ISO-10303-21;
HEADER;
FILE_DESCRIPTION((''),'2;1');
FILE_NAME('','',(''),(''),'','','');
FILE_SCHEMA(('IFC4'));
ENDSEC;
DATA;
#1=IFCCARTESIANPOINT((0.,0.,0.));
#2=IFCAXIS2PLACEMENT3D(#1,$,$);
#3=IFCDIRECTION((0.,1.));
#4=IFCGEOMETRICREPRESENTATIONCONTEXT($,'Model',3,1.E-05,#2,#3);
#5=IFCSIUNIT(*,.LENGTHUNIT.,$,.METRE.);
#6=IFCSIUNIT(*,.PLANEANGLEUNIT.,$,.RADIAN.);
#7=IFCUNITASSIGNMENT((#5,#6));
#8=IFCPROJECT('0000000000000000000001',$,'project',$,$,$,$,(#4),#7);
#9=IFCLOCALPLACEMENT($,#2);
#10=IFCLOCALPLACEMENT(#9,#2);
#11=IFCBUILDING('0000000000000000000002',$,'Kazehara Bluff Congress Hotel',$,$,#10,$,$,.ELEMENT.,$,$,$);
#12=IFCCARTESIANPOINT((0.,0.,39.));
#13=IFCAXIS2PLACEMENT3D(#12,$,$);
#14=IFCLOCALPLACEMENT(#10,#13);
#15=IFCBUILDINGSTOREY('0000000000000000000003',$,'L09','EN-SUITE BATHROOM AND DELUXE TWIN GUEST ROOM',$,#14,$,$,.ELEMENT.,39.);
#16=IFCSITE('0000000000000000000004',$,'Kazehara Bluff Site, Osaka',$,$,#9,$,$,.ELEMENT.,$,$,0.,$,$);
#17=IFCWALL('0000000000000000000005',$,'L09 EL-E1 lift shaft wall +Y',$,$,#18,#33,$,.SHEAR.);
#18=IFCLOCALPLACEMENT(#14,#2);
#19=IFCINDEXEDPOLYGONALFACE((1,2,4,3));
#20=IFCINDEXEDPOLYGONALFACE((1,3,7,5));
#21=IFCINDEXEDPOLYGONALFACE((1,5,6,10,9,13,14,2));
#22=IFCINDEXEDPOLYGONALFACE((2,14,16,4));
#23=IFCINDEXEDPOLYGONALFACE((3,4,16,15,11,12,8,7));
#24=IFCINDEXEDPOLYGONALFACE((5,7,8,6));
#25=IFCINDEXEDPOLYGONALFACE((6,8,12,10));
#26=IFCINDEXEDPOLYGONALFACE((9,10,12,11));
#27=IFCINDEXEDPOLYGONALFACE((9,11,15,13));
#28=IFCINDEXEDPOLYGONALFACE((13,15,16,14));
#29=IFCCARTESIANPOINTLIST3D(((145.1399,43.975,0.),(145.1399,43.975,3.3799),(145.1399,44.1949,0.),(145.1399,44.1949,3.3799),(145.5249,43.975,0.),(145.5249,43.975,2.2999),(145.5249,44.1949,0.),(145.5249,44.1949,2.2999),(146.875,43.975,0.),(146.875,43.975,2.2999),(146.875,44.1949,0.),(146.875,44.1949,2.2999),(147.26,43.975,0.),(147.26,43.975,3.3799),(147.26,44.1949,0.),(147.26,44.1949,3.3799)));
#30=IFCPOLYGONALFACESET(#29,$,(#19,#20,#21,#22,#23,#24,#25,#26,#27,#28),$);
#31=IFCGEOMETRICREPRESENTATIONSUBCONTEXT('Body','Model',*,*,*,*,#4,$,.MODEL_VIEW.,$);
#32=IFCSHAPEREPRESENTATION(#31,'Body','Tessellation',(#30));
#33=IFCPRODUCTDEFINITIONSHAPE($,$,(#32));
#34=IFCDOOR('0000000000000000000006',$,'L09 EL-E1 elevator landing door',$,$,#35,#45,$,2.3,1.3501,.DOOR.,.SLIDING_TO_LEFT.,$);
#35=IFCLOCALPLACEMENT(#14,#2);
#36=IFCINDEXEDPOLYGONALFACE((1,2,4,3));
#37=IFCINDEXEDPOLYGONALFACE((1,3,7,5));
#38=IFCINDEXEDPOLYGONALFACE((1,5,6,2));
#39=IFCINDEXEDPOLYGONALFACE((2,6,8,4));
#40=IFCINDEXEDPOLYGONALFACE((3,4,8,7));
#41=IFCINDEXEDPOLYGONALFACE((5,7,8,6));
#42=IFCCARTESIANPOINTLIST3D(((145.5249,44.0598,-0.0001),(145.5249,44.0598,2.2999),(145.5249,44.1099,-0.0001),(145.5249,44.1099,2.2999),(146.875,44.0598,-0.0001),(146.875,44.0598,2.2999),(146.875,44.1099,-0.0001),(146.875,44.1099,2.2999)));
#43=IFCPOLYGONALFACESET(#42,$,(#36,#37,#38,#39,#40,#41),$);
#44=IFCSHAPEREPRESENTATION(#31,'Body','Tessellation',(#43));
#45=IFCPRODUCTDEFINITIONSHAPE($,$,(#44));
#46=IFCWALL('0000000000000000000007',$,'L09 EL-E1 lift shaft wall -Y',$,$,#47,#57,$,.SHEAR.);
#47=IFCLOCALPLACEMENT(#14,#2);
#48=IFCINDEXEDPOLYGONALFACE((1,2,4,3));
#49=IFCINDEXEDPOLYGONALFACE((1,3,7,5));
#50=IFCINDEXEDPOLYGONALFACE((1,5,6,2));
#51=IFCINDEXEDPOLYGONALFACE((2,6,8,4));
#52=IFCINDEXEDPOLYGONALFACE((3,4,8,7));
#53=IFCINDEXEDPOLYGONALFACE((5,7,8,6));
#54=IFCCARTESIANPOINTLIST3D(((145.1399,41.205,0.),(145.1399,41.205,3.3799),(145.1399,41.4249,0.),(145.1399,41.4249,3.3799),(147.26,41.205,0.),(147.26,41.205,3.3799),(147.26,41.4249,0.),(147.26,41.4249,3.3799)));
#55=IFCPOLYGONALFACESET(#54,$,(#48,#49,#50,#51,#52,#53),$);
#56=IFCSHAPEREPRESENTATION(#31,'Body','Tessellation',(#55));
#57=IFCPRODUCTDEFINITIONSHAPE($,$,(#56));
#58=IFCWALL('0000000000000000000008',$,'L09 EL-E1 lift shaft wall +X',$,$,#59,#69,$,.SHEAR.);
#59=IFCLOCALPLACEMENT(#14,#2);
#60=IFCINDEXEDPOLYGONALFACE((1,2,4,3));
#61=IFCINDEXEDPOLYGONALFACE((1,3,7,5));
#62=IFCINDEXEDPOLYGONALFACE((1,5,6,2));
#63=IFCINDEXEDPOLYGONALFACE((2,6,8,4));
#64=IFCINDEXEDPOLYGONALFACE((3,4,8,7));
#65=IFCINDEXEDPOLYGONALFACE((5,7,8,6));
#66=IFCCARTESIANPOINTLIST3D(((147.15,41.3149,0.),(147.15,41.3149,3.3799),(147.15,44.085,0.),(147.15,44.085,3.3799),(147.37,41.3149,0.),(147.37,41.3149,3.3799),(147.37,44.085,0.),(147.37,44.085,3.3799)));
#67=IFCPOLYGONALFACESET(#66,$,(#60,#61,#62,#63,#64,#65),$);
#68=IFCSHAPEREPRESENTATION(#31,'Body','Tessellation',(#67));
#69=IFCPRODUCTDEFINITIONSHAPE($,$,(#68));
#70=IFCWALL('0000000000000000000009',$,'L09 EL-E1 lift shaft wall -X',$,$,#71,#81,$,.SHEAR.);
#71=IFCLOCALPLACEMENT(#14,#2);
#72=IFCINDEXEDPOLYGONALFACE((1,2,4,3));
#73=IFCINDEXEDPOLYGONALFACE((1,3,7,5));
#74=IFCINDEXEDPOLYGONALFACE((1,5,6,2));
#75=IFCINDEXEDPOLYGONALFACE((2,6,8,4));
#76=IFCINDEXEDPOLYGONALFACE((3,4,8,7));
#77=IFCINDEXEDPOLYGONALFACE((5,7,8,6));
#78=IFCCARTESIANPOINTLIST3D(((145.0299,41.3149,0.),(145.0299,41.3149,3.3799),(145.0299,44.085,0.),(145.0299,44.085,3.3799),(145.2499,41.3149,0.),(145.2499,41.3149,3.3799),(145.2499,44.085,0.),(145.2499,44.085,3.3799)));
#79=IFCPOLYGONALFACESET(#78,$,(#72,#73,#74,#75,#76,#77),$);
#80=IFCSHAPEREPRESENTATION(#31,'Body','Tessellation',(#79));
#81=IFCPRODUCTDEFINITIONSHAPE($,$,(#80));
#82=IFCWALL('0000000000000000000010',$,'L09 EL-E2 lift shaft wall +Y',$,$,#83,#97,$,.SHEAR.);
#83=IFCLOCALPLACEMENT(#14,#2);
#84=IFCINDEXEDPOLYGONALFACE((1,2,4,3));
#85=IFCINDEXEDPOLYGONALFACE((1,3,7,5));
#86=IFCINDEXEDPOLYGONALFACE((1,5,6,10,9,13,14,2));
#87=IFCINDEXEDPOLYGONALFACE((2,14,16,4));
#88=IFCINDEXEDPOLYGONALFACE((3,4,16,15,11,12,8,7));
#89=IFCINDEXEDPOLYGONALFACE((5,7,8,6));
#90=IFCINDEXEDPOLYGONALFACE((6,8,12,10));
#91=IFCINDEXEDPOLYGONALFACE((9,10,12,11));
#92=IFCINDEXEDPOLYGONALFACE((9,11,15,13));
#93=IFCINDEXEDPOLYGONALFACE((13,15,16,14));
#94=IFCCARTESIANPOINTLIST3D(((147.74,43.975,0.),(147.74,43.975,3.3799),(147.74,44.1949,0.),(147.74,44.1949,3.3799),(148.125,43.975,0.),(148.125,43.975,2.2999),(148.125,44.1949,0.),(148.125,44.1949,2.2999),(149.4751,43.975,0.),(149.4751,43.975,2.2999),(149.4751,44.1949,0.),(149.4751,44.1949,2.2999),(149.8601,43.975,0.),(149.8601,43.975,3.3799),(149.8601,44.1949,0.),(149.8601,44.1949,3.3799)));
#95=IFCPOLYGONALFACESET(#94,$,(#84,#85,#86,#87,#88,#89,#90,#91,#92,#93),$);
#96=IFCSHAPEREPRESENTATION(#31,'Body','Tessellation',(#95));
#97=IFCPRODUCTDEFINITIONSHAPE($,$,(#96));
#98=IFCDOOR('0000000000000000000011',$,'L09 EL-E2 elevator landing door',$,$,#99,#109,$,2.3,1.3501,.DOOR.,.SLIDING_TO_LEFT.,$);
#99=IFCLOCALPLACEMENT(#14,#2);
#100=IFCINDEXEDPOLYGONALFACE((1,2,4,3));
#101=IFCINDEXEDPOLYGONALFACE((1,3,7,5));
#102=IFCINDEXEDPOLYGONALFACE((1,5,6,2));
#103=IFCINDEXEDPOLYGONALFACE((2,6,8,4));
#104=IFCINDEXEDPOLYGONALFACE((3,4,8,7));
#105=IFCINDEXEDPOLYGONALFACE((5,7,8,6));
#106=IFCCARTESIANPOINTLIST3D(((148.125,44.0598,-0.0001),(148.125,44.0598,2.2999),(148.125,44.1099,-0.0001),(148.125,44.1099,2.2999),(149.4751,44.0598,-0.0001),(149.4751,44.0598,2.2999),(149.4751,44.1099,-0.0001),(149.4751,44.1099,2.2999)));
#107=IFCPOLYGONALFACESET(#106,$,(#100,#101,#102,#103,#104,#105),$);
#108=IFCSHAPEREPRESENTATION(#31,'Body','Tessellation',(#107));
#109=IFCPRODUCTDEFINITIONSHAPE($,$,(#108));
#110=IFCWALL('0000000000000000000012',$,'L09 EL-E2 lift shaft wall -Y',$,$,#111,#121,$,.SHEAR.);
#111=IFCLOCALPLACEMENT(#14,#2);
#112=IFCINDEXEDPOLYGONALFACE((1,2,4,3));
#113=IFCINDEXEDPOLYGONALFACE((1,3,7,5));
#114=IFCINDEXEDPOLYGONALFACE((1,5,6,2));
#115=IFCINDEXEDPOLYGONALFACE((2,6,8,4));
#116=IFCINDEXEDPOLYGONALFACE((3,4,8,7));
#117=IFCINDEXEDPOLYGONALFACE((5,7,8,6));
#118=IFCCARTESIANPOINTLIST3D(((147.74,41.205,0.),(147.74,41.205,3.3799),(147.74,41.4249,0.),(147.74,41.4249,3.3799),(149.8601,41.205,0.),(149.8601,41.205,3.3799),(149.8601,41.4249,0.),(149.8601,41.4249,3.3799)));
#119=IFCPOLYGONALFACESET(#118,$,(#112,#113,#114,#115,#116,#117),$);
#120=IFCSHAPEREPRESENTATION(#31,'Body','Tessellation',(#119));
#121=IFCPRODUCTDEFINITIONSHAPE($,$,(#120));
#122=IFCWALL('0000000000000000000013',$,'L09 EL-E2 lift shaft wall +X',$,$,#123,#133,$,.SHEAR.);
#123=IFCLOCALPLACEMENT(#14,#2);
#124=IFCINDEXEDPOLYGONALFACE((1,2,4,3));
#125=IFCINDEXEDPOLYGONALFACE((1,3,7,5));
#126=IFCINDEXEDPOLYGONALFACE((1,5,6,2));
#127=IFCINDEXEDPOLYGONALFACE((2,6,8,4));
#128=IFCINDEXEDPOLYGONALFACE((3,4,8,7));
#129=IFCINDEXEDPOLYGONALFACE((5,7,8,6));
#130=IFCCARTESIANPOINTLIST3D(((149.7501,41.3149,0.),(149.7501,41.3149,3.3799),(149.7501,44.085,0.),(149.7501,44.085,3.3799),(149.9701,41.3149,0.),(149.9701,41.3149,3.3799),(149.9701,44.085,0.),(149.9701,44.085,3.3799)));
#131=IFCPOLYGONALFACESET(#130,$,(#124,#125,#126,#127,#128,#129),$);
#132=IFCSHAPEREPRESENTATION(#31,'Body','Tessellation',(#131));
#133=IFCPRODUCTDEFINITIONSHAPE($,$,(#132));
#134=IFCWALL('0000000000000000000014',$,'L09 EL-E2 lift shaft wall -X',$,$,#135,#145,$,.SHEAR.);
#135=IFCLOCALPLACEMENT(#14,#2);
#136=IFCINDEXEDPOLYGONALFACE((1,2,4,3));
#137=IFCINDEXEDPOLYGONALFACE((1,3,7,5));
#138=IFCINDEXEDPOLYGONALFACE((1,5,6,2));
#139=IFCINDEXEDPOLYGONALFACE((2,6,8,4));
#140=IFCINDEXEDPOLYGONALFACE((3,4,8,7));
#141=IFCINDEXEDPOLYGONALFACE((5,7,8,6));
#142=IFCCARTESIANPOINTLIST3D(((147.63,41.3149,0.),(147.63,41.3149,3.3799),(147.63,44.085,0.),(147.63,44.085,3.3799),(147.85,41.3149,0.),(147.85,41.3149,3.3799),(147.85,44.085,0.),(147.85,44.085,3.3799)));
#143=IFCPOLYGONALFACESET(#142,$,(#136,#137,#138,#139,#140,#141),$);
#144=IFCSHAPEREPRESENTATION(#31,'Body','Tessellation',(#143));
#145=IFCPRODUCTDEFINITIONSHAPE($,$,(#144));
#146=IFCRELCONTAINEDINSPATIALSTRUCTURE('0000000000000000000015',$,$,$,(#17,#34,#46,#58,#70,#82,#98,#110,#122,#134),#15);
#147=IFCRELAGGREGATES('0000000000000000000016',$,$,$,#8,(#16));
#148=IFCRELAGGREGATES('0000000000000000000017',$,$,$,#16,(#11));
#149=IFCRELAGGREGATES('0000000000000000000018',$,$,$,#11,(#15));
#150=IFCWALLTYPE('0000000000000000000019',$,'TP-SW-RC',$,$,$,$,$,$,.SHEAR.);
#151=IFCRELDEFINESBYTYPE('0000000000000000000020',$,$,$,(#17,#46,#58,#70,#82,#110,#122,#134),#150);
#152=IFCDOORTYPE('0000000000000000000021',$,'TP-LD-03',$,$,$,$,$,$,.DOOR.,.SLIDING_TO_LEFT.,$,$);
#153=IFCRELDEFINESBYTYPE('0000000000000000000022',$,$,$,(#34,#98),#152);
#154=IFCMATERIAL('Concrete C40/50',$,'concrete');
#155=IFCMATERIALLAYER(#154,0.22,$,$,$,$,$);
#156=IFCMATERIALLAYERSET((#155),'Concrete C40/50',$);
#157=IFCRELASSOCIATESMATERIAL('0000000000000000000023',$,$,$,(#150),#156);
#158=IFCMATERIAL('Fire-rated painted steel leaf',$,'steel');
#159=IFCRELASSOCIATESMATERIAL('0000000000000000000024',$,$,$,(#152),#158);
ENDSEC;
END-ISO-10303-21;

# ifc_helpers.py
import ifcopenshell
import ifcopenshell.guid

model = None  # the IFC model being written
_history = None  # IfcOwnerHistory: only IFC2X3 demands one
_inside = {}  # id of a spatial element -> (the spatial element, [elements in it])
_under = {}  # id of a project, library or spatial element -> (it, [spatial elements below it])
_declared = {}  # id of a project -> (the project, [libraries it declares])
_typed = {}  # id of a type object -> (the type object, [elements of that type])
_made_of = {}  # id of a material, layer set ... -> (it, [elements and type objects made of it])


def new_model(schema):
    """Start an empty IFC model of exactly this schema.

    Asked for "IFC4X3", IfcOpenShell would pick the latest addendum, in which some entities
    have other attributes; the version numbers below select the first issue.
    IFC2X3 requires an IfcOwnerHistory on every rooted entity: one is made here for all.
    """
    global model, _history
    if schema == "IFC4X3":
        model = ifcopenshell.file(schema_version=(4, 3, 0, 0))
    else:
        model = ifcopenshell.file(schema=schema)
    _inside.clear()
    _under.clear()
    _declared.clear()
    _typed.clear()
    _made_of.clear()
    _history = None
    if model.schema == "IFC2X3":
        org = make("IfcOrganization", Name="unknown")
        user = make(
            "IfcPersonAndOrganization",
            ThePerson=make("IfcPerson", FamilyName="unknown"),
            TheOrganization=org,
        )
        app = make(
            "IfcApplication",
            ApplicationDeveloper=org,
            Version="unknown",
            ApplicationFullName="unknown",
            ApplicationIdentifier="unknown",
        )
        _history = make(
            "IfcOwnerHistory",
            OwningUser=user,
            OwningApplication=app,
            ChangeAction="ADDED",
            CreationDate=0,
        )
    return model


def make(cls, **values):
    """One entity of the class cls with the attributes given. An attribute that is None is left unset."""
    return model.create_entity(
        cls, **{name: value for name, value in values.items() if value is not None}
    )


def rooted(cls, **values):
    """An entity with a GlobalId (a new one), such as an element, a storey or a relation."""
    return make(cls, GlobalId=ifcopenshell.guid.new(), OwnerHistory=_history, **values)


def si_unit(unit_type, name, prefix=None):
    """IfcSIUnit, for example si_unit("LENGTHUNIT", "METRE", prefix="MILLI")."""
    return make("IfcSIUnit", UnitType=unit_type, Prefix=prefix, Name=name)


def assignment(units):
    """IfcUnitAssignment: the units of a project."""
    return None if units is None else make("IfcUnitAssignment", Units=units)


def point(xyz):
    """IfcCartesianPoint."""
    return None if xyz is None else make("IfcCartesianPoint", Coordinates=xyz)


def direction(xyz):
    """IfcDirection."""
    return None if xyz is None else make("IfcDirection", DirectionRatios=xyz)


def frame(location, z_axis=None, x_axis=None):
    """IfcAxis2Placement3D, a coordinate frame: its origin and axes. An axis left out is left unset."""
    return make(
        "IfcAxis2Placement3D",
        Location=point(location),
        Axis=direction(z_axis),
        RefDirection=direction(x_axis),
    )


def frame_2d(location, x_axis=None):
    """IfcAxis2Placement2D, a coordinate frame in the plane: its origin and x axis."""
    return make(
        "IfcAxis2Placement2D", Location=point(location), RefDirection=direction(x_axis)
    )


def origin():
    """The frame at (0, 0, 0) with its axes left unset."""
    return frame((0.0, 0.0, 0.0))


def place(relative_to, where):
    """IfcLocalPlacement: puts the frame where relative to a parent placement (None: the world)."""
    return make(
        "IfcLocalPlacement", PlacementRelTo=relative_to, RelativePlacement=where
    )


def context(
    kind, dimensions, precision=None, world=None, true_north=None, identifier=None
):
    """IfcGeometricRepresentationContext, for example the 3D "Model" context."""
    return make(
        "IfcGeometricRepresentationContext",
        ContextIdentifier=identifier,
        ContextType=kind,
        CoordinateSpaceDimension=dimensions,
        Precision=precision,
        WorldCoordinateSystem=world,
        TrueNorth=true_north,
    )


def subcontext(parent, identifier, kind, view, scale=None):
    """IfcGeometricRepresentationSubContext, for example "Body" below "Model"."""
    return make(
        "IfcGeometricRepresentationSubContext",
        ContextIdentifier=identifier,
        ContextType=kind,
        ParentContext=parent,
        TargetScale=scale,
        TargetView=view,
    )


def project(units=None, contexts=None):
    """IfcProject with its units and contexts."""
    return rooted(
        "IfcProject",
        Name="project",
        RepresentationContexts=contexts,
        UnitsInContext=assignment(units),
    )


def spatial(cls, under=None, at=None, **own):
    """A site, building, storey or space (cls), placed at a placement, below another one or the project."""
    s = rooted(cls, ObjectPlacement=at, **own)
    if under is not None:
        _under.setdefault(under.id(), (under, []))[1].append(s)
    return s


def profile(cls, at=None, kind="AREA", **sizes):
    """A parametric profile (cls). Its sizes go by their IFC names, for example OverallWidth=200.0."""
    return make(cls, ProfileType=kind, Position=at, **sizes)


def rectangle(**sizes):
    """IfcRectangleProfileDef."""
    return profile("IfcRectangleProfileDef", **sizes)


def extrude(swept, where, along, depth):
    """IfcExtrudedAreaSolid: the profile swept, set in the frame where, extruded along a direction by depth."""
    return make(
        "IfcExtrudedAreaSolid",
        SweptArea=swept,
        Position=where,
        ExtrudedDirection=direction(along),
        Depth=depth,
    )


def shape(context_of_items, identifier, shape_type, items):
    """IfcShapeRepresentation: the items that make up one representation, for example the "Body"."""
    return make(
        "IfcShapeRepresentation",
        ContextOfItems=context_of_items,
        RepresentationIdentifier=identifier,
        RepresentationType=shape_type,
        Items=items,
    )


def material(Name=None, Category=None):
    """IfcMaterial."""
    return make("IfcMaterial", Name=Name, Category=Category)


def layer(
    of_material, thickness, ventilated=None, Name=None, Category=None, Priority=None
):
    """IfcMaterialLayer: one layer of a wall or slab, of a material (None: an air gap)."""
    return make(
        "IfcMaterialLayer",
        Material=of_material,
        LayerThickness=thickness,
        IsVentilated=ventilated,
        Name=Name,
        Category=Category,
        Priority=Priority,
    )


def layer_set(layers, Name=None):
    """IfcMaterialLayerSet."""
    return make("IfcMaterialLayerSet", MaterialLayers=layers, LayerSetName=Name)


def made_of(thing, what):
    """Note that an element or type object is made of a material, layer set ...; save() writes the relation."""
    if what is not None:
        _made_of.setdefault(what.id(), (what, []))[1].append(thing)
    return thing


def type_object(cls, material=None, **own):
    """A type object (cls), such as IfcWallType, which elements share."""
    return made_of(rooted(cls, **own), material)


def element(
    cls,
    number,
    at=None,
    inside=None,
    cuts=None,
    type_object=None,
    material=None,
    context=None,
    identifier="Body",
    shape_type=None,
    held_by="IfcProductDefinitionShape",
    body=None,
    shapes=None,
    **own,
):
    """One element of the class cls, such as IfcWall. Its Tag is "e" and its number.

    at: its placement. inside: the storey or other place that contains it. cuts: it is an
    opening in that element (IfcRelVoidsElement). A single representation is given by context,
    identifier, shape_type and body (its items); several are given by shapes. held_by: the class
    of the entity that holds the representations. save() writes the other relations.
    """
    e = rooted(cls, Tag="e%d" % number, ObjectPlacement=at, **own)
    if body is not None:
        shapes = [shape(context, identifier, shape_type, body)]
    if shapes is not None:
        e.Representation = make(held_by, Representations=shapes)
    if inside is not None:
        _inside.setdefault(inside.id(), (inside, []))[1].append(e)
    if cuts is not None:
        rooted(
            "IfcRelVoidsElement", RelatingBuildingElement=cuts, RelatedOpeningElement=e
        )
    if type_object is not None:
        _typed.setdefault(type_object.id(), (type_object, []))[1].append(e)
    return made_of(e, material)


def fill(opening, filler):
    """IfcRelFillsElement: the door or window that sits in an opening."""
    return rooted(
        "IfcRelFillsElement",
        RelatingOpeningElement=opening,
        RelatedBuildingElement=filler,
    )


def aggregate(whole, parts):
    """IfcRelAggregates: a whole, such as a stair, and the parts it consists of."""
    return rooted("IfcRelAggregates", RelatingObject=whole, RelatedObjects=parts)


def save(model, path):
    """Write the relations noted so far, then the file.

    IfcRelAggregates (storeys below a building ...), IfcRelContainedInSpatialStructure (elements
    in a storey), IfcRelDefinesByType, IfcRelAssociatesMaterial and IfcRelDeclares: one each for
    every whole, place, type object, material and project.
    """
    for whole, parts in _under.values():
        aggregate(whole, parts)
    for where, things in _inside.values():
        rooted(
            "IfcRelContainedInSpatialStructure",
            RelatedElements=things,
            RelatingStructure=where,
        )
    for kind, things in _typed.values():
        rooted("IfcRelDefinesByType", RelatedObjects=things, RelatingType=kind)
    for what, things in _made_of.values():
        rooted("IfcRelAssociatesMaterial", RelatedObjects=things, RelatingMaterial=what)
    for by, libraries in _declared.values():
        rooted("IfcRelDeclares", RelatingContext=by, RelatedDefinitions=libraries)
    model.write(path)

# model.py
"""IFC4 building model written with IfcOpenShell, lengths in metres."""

from ifc_helpers import new_model, si_unit, direction, frame, frame_2d, origin, place, context, subcontext, project, spatial, rectangle, extrude, material, layer, layer_set, type_object, element, fill, save


model = new_model("IFC4")

# Units and contexts
model_context = context("Model", 3, precision=1e-05, world=origin(), true_north=direction((0.0, 1.0)))
body_context = subcontext(model_context, "Body", "Model", "MODEL_VIEW")
ifc_project = project(units=[si_unit("LENGTHUNIT", "METRE"), si_unit("PLANEANGLEUNIT", "RADIAN")], contexts=[model_context])

# Site, building, storey
site_placement = place(None, origin())
site = spatial("IfcSite", under=ifc_project, at=site_placement, Name="Kazehara Bluff Site, Osaka", CompositionType="ELEMENT", RefElevation=0.0)
building_placement = place(site_placement, origin())
building = spatial("IfcBuilding", under=site, at=building_placement, Name="Kazehara Bluff Congress Hotel", CompositionType="ELEMENT")
storey_placement = place(building_placement, frame((0.0, 0.0, 39.0)))
storey = spatial("IfcBuildingStorey", under=building, at=storey_placement, Name="L09", Description="EN-SUITE BATHROOM AND DELUXE TWIN GUEST ROOM", CompositionType="ELEMENT", Elevation=39.0)

# Wall, opening, door
ifc_material_1 = material(Name="Concrete C40/50", Category="concrete")
ifc_layer_1 = layer(ifc_material_1, 0.22)
ifc_layer_set_1 = layer_set([ifc_layer_1], Name="Concrete C40/50")
wall_type_1 = type_object("IfcWallType", Name="TP-SW-RC", PredefinedType="SHEAR", material=ifc_layer_set_1)
wall_1_placement = place(storey_placement, frame((145.1399, 44.085, 0.0), z_axis=(0.0, 0.0, 1.0), x_axis=(1.0, 0.0, 0.0)))
wall_1 = element("IfcWall", 1, at=wall_1_placement, inside=storey, type_object=wall_type_1, Name="L09 EL-E1 lift shaft wall +Y", PredefinedType="SHEAR", context=body_context, shape_type="SweptSolid", body=[
    extrude(rectangle(XDim=2.1201, YDim=0.22, at=frame_2d((1.0601, 0.0))), origin(), (0.0, 0.0, 1.0), 3.3799),
])
opening_1_placement = place(wall_1_placement, frame((0.385, 0.0, 0.0)))
opening_1 = element("IfcOpeningElement", 2, at=opening_1_placement, cuts=wall_1, PredefinedType="OPENING", context=body_context, shape_type="SweptSolid", body=[
    extrude(rectangle(XDim=1.3501, YDim=2.3, at=frame_2d((0.675, 1.1499))), frame((0.0, 0.1199, 0.0), z_axis=(0.0, -1.0, 0.0), x_axis=(1.0, 0.0, 0.0)), (0.0, 0.0, 1.0), 0.24),
])
ifc_material_2 = material(Name="Fire-rated painted steel leaf", Category="steel")
door_type_1 = type_object("IfcDoorType", Name="TP-LD-03", OperationType="SLIDING_TO_LEFT", PredefinedType="DOOR", material=ifc_material_2)
door_1_placement = place(opening_1_placement, origin())
door_1 = element("IfcDoor", 3, at=door_1_placement, inside=storey, type_object=door_type_1, Name="L09 EL-E1 elevator landing door", OperationType="SLIDING_TO_LEFT", OverallHeight=2.3, OverallWidth=1.3501, PredefinedType="DOOR", context=body_context, shape_type="SweptSolid", body=[
    extrude(rectangle(XDim=1.3501, YDim=2.3, at=frame_2d((0.675, 1.1499))), frame((0.0, 0.0249, 0.0), z_axis=(0.0, -1.0, 0.0), x_axis=(1.0, 0.0, 0.0)), (0.0, 0.0, 1.0), 0.05),
])
fill(opening_1, door_1)

# Walls
wall_2_placement = place(storey_placement, frame((145.1399, 41.3149, 0.0), z_axis=(0.0, 0.0, 1.0), x_axis=(1.0, 0.0, 0.0)))
element("IfcWall", 4, at=wall_2_placement, inside=storey, type_object=wall_type_1, Name="L09 EL-E1 lift shaft wall -Y", PredefinedType="SHEAR", context=body_context, shape_type="SweptSolid", body=[
    extrude(rectangle(XDim=2.1201, YDim=0.22, at=frame_2d((1.0601, 0.0))), origin(), (0.0, 0.0, 1.0), 3.3799),
])
for number, where, z_axis, x_axis, name in (
    (5, (147.26, 41.3149, 0.0), (0.0, 0.0, 1.0), (0.0, 1.0, 0.0), "L09 EL-E1 lift shaft wall +X"),
    (6, (145.1399, 41.3149, 0.0), (0.0, 0.0, 1.0), (0.0, 1.0, 0.0), "L09 EL-E1 lift shaft wall -X"),
):
    element("IfcWall", number, at=place(storey_placement, frame(where, z_axis=z_axis, x_axis=x_axis)), inside=storey, type_object=wall_type_1, Name=name, PredefinedType="SHEAR", context=body_context, shape_type="SweptSolid", body=[
        extrude(rectangle(XDim=2.77, YDim=0.22, at=frame_2d((1.385, 0.0))), origin(), (0.0, 0.0, 1.0), 3.3799),
    ])

# Wall, opening, door
wall_3_placement = place(storey_placement, frame((147.74, 44.085, 0.0), z_axis=(0.0, 0.0, 1.0), x_axis=(1.0, 0.0, 0.0)))
wall_3 = element("IfcWall", 7, at=wall_3_placement, inside=storey, type_object=wall_type_1, Name="L09 EL-E2 lift shaft wall +Y", PredefinedType="SHEAR", context=body_context, shape_type="SweptSolid", body=[
    extrude(rectangle(XDim=2.1201, YDim=0.22, at=frame_2d((1.0601, 0.0))), origin(), (0.0, 0.0, 1.0), 3.3799),
])
opening_2_placement = place(wall_3_placement, frame((0.385, 0.0, 0.0)))
opening_2 = element("IfcOpeningElement", 8, at=opening_2_placement, cuts=wall_3, PredefinedType="OPENING", context=body_context, shape_type="SweptSolid", body=[
    extrude(rectangle(XDim=1.3501, YDim=2.3, at=frame_2d((0.675, 1.1499))), frame((0.0, 0.1199, 0.0), z_axis=(0.0, -1.0, 0.0), x_axis=(1.0, 0.0, 0.0)), (0.0, 0.0, 1.0), 0.24),
])
door_2_placement = place(opening_2_placement, origin())
door_2 = element("IfcDoor", 9, at=door_2_placement, inside=storey, type_object=door_type_1, Name="L09 EL-E2 elevator landing door", OperationType="SLIDING_TO_LEFT", OverallHeight=2.3, OverallWidth=1.3501, PredefinedType="DOOR", context=body_context, shape_type="SweptSolid", body=[
    extrude(rectangle(XDim=1.3501, YDim=2.3, at=frame_2d((0.675, 1.1499))), frame((0.0, 0.0249, 0.0), z_axis=(0.0, -1.0, 0.0), x_axis=(1.0, 0.0, 0.0)), (0.0, 0.0, 1.0), 0.05),
])
fill(opening_2, door_2)

# Walls
wall_4_placement = place(storey_placement, frame((147.74, 41.3149, 0.0), z_axis=(0.0, 0.0, 1.0), x_axis=(1.0, 0.0, 0.0)))
element("IfcWall", 10, at=wall_4_placement, inside=storey, type_object=wall_type_1, Name="L09 EL-E2 lift shaft wall -Y", PredefinedType="SHEAR", context=body_context, shape_type="SweptSolid", body=[
    extrude(rectangle(XDim=2.1201, YDim=0.22, at=frame_2d((1.0601, 0.0))), origin(), (0.0, 0.0, 1.0), 3.3799),
])
for number, where, z_axis, x_axis, name in (
    (11, (149.8601, 41.3149, 0.0), (0.0, 0.0, 1.0), (0.0, 1.0, 0.0), "L09 EL-E2 lift shaft wall +X"),
    (12, (147.74, 41.3149, 0.0), (0.0, 0.0, 1.0), (0.0, 1.0, 0.0), "L09 EL-E2 lift shaft wall -X"),
):
    element("IfcWall", number, at=place(storey_placement, frame(where, z_axis=z_axis, x_axis=x_axis)), inside=storey, type_object=wall_type_1, Name=name, PredefinedType="SHEAR", context=body_context, shape_type="SweptSolid", body=[
        extrude(rectangle(XDim=2.77, YDim=0.22, at=frame_2d((1.385, 0.0))), origin(), (0.0, 0.0, 1.0), 3.3799),
    ])

save(model, "model.ifc")
